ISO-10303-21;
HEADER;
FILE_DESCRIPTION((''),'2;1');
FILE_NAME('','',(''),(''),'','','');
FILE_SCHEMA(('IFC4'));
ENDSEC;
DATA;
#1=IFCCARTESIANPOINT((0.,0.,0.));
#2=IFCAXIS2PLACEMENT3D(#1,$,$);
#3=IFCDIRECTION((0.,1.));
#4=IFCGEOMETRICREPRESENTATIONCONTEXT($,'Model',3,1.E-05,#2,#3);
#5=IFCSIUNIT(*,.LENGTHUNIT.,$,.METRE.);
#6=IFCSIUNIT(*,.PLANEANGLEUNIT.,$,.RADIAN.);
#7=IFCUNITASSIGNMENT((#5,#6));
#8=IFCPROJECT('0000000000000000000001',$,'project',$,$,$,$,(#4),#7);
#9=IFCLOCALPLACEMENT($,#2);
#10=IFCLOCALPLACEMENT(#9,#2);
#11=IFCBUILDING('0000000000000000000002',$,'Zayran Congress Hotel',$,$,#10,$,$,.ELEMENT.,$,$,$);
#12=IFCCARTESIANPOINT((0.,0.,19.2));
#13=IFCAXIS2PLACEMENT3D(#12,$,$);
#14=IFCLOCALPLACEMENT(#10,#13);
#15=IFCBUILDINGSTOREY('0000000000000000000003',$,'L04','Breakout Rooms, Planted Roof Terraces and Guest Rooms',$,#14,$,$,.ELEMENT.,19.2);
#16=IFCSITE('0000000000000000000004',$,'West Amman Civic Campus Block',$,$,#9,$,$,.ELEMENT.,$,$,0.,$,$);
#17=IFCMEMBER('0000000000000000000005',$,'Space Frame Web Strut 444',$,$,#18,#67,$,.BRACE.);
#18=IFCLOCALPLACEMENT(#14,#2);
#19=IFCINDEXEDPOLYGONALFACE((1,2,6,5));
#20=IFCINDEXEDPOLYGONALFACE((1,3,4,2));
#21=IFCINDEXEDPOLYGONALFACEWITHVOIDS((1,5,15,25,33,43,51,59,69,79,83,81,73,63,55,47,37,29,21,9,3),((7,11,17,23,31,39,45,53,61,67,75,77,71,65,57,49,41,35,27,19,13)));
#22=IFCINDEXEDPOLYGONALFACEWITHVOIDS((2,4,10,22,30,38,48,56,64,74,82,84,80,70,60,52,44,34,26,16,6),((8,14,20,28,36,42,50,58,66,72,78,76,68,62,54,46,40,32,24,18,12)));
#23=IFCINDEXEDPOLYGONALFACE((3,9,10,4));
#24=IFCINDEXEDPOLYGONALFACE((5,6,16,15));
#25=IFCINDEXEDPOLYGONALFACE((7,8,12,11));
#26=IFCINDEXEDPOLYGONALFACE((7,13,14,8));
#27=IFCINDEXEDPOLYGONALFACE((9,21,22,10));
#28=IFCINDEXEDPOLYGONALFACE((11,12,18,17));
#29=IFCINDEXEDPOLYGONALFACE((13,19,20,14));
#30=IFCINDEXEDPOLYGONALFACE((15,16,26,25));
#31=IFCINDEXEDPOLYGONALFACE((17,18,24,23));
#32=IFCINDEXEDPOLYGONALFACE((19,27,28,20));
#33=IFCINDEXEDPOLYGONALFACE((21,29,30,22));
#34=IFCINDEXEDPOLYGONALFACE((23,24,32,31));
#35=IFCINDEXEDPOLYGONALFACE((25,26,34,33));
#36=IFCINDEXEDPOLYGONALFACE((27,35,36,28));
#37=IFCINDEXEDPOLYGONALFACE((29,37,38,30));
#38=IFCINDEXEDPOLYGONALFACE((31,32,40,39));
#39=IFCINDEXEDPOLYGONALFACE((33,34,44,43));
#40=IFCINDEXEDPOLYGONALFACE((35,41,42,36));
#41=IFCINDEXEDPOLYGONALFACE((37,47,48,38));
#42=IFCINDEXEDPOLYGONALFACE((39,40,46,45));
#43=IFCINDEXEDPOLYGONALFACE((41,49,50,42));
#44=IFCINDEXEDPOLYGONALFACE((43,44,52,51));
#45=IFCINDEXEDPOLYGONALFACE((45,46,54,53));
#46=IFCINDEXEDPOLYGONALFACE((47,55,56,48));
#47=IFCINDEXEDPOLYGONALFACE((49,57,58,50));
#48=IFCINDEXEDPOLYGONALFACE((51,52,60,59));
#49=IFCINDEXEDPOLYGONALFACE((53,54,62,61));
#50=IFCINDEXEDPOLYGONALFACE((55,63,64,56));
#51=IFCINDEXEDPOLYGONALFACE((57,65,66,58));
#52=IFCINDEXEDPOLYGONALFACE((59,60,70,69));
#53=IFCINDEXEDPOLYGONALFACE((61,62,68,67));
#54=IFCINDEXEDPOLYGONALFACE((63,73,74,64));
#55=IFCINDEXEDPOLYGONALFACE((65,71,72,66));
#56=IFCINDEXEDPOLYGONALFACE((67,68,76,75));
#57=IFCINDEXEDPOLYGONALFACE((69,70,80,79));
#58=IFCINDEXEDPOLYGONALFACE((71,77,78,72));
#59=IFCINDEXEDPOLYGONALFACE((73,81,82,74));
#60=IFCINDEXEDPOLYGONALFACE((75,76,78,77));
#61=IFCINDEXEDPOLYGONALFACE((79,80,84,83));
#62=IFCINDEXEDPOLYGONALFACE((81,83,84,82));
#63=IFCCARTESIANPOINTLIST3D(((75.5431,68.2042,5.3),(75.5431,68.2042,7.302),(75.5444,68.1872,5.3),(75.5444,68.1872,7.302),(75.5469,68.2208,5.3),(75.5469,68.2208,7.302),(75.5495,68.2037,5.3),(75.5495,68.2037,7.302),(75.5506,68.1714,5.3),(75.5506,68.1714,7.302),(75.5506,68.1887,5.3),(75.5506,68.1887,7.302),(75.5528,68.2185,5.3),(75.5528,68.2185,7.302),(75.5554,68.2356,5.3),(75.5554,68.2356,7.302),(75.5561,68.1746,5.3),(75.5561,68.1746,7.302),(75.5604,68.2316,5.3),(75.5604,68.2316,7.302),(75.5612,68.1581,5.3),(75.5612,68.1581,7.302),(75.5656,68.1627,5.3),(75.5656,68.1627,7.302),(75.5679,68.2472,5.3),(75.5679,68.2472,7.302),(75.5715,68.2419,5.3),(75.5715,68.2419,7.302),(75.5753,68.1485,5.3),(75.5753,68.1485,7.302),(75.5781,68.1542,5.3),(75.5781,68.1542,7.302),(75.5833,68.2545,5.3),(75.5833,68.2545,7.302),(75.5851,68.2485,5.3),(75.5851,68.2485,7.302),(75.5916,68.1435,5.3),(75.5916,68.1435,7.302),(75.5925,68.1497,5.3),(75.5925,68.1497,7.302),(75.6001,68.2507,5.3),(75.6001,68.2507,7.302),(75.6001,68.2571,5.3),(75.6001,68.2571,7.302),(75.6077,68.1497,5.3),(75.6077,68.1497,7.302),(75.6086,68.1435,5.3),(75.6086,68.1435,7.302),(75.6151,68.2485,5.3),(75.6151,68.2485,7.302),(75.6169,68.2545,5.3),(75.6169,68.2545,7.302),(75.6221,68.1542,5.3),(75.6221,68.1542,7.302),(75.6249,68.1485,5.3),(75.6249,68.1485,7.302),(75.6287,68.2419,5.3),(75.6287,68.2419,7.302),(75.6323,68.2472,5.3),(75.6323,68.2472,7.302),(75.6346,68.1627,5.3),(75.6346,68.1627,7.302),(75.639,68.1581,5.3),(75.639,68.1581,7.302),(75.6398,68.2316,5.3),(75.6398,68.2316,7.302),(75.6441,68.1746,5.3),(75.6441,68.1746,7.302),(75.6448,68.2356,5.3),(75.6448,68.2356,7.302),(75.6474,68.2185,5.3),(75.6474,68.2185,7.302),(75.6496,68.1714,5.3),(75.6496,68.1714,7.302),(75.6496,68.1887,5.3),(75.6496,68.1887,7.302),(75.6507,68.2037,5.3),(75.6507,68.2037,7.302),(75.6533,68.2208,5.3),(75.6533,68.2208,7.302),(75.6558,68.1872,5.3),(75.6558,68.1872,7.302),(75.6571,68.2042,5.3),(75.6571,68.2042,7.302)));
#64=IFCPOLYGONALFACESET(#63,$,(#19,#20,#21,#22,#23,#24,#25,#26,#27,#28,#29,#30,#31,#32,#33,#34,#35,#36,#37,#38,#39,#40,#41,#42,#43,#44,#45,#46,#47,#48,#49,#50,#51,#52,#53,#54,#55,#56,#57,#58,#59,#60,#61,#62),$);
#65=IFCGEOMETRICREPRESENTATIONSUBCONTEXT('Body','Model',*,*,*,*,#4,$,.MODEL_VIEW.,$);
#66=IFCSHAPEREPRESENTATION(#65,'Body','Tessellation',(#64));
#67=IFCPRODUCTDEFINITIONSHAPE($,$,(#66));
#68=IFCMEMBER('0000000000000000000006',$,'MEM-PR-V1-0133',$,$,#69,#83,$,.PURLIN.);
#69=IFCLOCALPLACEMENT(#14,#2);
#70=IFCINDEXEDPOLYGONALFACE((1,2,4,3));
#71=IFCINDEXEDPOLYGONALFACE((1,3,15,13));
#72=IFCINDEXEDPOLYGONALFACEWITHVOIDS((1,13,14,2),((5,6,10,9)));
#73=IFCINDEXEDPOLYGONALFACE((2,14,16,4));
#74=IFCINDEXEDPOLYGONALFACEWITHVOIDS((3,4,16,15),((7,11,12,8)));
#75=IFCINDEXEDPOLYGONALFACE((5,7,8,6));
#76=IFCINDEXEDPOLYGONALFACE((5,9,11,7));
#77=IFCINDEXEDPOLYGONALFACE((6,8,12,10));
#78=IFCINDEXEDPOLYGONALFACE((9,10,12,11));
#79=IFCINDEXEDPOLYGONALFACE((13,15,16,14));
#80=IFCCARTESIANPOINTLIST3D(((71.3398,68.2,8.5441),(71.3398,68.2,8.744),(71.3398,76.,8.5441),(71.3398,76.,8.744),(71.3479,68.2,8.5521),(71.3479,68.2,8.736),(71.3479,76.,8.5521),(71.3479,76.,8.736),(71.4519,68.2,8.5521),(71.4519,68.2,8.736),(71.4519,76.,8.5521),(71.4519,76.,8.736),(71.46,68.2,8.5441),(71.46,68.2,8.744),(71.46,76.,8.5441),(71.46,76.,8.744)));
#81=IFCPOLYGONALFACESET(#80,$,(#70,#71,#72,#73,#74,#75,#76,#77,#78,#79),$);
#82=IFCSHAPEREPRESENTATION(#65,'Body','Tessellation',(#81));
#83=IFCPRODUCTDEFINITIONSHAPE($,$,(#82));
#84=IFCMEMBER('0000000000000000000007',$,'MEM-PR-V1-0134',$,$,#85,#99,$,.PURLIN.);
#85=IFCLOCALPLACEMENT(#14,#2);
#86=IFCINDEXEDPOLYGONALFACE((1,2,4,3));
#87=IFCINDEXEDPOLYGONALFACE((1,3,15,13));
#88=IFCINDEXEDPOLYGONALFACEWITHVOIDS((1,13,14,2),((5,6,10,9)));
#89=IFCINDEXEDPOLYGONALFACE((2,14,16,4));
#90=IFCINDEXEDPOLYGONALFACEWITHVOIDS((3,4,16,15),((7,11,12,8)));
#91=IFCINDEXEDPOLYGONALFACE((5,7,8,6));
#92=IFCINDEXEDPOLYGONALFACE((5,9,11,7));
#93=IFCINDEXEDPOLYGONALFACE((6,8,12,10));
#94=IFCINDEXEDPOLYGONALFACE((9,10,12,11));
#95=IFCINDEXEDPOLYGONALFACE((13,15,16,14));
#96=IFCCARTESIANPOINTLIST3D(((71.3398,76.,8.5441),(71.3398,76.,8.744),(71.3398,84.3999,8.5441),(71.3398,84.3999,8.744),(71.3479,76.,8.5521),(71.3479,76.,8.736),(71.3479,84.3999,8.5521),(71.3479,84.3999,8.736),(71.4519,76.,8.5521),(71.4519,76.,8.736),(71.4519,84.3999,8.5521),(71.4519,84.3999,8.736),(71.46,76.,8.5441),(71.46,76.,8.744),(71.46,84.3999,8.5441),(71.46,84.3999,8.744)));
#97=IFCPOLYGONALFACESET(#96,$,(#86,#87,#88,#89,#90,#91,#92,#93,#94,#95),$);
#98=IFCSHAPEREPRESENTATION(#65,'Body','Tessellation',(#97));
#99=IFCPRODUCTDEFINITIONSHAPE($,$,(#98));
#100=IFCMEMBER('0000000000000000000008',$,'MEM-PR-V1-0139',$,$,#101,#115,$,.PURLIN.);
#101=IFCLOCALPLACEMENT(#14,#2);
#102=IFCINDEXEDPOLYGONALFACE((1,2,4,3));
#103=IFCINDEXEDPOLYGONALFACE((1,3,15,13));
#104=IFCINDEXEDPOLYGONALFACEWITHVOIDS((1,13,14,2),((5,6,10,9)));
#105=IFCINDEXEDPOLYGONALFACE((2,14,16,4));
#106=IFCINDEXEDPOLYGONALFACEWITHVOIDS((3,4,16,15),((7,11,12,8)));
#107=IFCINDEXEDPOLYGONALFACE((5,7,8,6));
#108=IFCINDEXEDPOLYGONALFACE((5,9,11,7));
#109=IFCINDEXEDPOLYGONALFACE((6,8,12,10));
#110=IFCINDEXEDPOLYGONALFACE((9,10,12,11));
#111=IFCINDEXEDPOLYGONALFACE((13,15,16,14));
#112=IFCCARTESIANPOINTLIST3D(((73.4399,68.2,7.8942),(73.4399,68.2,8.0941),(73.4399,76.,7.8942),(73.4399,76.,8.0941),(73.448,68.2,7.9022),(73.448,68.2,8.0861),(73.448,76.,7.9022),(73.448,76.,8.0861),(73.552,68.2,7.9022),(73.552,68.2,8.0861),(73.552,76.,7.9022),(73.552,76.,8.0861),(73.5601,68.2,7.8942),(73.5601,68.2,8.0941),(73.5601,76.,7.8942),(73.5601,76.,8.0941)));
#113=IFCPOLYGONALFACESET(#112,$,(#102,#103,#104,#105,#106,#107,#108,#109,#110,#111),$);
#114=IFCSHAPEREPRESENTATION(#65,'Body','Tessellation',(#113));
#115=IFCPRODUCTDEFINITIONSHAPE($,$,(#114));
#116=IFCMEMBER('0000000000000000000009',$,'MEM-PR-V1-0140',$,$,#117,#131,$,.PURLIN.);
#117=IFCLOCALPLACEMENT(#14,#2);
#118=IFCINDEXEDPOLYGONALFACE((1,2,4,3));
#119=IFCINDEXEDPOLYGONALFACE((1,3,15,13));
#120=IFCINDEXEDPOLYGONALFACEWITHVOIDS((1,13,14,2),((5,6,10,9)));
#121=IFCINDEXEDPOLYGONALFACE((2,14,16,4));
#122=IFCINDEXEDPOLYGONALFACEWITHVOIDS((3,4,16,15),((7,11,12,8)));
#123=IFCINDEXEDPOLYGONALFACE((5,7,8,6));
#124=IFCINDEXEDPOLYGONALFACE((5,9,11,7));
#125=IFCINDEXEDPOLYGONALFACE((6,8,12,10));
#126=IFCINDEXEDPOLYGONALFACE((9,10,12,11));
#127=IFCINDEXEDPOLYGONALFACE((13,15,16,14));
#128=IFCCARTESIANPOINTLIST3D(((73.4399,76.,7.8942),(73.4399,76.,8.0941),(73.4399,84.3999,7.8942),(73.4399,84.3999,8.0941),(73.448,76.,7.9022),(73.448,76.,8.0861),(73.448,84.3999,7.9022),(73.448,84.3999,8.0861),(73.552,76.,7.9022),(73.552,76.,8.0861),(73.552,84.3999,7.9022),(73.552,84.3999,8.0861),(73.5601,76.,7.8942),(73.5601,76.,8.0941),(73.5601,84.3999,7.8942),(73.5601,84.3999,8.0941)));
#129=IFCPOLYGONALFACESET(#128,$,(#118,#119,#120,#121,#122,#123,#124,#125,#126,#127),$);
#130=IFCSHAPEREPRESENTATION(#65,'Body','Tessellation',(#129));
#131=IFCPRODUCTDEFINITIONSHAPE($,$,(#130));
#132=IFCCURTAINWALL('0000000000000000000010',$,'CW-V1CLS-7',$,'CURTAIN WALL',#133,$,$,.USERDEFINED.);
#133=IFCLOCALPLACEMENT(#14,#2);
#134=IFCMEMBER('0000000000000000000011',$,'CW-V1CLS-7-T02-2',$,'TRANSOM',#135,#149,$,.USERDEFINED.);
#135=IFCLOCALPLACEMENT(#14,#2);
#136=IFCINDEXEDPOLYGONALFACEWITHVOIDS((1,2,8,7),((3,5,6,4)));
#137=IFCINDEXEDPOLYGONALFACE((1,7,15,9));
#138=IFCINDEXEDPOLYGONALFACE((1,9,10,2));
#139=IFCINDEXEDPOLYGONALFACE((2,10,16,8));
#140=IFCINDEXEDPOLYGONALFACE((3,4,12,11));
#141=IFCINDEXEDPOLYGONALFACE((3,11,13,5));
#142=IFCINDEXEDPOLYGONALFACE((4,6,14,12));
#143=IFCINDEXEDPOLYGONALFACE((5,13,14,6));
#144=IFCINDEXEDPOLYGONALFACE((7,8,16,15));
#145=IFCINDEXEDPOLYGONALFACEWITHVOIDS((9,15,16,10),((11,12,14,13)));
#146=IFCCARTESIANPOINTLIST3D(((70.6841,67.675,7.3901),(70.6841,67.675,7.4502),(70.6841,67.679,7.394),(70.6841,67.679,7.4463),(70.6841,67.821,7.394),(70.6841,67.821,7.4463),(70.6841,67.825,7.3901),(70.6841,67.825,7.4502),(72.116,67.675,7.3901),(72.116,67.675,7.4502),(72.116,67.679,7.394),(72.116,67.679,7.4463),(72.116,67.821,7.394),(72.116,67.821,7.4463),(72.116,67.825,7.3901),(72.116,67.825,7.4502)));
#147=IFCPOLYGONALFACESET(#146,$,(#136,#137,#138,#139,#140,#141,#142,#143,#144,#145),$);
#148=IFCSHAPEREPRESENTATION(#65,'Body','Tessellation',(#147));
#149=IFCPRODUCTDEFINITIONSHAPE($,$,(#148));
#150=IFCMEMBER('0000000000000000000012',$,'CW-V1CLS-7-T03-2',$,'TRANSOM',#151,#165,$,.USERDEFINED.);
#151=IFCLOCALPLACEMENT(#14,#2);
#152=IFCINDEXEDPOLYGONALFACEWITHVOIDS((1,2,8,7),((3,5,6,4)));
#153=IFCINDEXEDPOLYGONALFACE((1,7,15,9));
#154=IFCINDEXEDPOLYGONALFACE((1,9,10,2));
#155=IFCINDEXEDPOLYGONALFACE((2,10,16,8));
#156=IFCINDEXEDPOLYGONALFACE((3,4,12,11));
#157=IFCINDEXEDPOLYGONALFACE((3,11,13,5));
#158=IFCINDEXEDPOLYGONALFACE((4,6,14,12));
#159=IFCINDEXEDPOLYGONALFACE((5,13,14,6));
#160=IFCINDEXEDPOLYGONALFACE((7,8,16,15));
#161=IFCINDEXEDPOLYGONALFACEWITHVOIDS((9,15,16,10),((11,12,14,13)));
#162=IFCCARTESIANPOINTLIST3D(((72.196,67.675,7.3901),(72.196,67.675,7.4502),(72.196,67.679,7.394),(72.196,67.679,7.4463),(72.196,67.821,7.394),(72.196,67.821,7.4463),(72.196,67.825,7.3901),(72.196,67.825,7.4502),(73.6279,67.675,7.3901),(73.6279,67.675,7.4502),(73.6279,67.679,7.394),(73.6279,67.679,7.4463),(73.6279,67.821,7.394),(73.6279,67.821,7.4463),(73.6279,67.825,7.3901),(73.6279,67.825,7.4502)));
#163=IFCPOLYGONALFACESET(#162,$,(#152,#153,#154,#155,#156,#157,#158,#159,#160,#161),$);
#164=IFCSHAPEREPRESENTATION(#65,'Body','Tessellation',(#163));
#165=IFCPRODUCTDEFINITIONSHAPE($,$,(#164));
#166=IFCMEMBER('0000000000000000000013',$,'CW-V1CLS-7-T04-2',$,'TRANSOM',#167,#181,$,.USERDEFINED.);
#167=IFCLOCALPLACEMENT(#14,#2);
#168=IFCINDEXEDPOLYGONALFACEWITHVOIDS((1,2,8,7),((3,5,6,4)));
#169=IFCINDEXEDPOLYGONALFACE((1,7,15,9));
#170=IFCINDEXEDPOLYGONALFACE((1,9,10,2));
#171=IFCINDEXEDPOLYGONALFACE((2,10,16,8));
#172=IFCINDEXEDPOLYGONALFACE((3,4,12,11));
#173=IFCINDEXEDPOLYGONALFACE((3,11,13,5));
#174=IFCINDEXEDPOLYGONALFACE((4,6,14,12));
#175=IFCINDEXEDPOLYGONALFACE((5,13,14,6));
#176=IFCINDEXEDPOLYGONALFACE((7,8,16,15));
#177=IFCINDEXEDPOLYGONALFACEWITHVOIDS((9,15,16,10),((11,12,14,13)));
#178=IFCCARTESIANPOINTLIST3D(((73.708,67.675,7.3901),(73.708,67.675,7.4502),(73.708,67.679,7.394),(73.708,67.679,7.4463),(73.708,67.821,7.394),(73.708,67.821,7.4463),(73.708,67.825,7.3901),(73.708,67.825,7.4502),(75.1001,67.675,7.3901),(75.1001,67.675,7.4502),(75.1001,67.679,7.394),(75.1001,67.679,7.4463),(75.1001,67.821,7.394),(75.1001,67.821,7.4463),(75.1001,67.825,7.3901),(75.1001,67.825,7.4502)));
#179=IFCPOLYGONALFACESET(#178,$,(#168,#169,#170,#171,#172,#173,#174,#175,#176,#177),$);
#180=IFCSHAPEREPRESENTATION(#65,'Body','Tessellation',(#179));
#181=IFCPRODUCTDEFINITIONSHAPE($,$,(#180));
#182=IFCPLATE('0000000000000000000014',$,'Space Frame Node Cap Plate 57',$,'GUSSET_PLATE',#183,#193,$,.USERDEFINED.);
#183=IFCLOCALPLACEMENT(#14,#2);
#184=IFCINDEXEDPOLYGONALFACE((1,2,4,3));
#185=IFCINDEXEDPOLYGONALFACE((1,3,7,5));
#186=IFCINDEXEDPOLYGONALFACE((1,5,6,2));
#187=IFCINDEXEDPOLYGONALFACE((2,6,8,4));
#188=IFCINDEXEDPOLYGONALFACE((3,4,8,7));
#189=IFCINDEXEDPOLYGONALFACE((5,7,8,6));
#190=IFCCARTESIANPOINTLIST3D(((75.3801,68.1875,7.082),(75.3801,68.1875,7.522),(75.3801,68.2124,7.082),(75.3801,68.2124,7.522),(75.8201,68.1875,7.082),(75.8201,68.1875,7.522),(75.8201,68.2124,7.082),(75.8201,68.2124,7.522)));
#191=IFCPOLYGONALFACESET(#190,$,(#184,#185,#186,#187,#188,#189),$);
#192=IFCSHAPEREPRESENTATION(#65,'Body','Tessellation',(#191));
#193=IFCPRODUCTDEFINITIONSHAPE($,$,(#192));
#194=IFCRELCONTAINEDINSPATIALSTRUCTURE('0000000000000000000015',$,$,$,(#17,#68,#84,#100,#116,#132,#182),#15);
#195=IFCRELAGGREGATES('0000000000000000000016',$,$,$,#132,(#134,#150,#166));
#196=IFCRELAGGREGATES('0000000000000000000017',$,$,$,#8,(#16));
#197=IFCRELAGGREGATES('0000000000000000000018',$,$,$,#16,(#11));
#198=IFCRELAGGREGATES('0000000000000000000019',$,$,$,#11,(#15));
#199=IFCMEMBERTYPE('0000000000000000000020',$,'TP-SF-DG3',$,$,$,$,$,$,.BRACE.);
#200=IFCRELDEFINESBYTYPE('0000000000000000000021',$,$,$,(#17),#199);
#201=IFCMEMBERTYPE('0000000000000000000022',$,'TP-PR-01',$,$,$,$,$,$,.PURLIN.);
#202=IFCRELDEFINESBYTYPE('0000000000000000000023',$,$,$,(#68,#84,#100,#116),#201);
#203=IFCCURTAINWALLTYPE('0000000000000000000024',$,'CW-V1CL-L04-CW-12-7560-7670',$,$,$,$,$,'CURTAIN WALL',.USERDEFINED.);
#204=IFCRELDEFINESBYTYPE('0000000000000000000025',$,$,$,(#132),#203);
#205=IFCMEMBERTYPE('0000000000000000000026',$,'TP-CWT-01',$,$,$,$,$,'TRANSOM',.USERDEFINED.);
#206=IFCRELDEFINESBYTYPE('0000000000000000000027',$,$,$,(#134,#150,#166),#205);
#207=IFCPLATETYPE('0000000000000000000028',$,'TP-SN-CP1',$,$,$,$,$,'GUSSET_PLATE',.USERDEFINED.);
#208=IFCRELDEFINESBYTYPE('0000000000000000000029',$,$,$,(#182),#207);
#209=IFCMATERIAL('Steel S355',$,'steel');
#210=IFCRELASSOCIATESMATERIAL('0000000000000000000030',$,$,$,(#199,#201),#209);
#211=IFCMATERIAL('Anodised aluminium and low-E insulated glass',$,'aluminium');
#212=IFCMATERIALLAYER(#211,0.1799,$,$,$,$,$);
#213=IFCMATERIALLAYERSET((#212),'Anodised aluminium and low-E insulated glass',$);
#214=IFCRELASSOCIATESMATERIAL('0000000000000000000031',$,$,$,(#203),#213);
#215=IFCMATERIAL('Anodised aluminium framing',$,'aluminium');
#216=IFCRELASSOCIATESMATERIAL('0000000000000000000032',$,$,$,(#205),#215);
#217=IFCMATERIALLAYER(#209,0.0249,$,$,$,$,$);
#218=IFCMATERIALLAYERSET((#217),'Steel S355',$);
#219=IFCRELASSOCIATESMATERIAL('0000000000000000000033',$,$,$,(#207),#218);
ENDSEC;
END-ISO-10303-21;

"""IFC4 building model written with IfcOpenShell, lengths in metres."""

from ifc_helpers import new_model, si_unit, direction, frame, origin, origin_2d, place, context, subcontext, project, spatial, rectangle, hollow_rectangle, hollow_circle, extrude, material, layer, layer_set, material_profile, profile_set, type_object, element, aggregate, save


model = new_model("IFC4")

# Units and contexts
model_context = context("Model", 3, precision=1e-05, world=origin(), true_north=direction((0.0, 1.0)))
body_context = subcontext(model_context, "Body", "Model", "MODEL_VIEW")
ifc_project = project(units=[si_unit("LENGTHUNIT", "METRE"), si_unit("PLANEANGLEUNIT", "RADIAN")], contexts=[model_context])

# Site, building, storey
site_placement = place(None, origin())
site = spatial("IfcSite", under=ifc_project, at=site_placement, Name="West Amman Civic Campus Block", CompositionType="ELEMENT", RefElevation=0.0)
building_placement = place(site_placement, origin())
building = spatial("IfcBuilding", under=site, at=building_placement, Name="Zayran Congress Hotel", CompositionType="ELEMENT")
storey_placement = place(building_placement, frame((0.0, 0.0, 19.2)))
storey = spatial("IfcBuildingStorey", under=building, at=storey_placement, Name="L04", Description="Breakout Rooms, Planted Roof Terraces and Guest Rooms", CompositionType="ELEMENT", Elevation=19.2)

# Members
ifc_material_1 = material(Name="Steel S355", Category="steel")
ifc_material_profile_1 = material_profile(ifc_material_1, hollow_circle(Radius=0.0571, WallThickness=0.0063, at=origin_2d()), Name="CHS 114.3x6.3")
ifc_profile_set_1 = profile_set([ifc_material_profile_1], Name="Steel S355")
member_type_1 = type_object("IfcMemberType", Name="TP-SF-DG3", PredefinedType="BRACE", material=ifc_profile_set_1)
member_1_placement = place(storey_placement, frame((75.6001, 68.2, 5.3), z_axis=(0.0, 0.0, 1.0), x_axis=(0.0, 1.0, 0.0)))
element("IfcMember", 1, at=member_1_placement, inside=storey, type_object=member_type_1, Name="Space Frame Web Strut 444", PredefinedType="BRACE", context=body_context, shape_type="SweptSolid", body=[
    extrude(hollow_circle(Radius=0.0571, WallThickness=0.0063, at=origin_2d()), origin(), (0.0, 0.0, 1.0), 2.002),
])
ifc_material_profile_2 = material_profile(ifc_material_1, hollow_rectangle(XDim=0.1201, YDim=0.2, WallThickness=0.0081, at=origin_2d()), Name="RHS 200x120x8")
ifc_profile_set_2 = profile_set([ifc_material_profile_2], Name="Steel S355")
member_type_2 = type_object("IfcMemberType", Name="TP-PR-01", PredefinedType="PURLIN", material=ifc_profile_set_2)
member_2_placement = place(storey_placement, frame((71.3999, 68.2, 8.644), z_axis=(0.0, 1.0, 0.0), x_axis=(-1.0, 0.0, 0.0)))
element("IfcMember", 2, at=member_2_placement, inside=storey, type_object=member_type_2, Name="MEM-PR-V1-0133", PredefinedType="PURLIN", context=body_context, shape_type="SweptSolid", body=[
    extrude(hollow_rectangle(XDim=0.1201, YDim=0.2, WallThickness=0.0081, at=origin_2d()), origin(), (0.0, 0.0, 1.0), 7.8),
])
member_3_placement = place(storey_placement, frame((71.3999, 76.0, 8.644), z_axis=(0.0, 1.0, 0.0), x_axis=(-1.0, 0.0, 0.0)))
element("IfcMember", 3, at=member_3_placement, inside=storey, type_object=member_type_2, Name="MEM-PR-V1-0134", PredefinedType="PURLIN", context=body_context, shape_type="SweptSolid", body=[
    extrude(hollow_rectangle(XDim=0.1201, YDim=0.2, WallThickness=0.0081, at=origin_2d()), origin(), (0.0, 0.0, 1.0), 8.3999),
])
member_4_placement = place(storey_placement, frame((73.5, 68.2, 7.9941), z_axis=(0.0, 1.0, 0.0), x_axis=(-1.0, 0.0, 0.0)))
element("IfcMember", 4, at=member_4_placement, inside=storey, type_object=member_type_2, Name="MEM-PR-V1-0139", PredefinedType="PURLIN", context=body_context, shape_type="SweptSolid", body=[
    extrude(hollow_rectangle(XDim=0.1201, YDim=0.2, WallThickness=0.0081, at=origin_2d()), origin(), (0.0, 0.0, 1.0), 7.8),
])
member_5_placement = place(storey_placement, frame((73.5, 76.0, 7.9941), z_axis=(0.0, 1.0, 0.0), x_axis=(-1.0, 0.0, 0.0)))
element("IfcMember", 5, at=member_5_placement, inside=storey, type_object=member_type_2, Name="MEM-PR-V1-0140", PredefinedType="PURLIN", context=body_context, shape_type="SweptSolid", body=[
    extrude(hollow_rectangle(XDim=0.1201, YDim=0.2, WallThickness=0.0081, at=origin_2d()), origin(), (0.0, 0.0, 1.0), 8.3999),
])

# Curtain wall, members
ifc_material_2 = material(Name="Anodised aluminium and low-E insulated glass", Category="aluminium")
ifc_layer_1 = layer(ifc_material_2, 0.1799)
ifc_layer_set_1 = layer_set([ifc_layer_1], Name="Anodised aluminium and low-E insulated glass")
curtain_wall_type = type_object("IfcCurtainWallType", Name="CW-V1CL-L04-CW-12-7560-7670", ElementType="CURTAIN WALL", PredefinedType="USERDEFINED", material=ifc_layer_set_1)
curtain_wall_placement = place(storey_placement, origin())
curtain_wall = element("IfcCurtainWall", 6, at=curtain_wall_placement, inside=storey, type_object=curtain_wall_type, Name="CW-V1CLS-7", ObjectType="CURTAIN WALL", PredefinedType="USERDEFINED")
ifc_material_3 = material(Name="Anodised aluminium framing", Category="aluminium")
ifc_material_profile_3 = material_profile(ifc_material_3, hollow_rectangle(XDim=0.0601, YDim=0.1499, WallThickness=0.0039, at=origin_2d()), Name="RHS 150x60x4")
ifc_profile_set_3 = profile_set([ifc_material_profile_3], Name="Anodised aluminium framing")
member_type_3 = type_object("IfcMemberType", Name="TP-CWT-01", ElementType="TRANSOM", PredefinedType="USERDEFINED", material=ifc_profile_set_3)
member_6_placement = place(storey_placement, frame((70.6841, 67.75, 7.4202), z_axis=(1.0, 0.0, 0.0), x_axis=(0.0, 0.0, 1.0)))
member_6 = element("IfcMember", 7, at=member_6_placement, type_object=member_type_3, Name="CW-V1CLS-7-T02-2", ObjectType="TRANSOM", PredefinedType="USERDEFINED", context=body_context, shape_type="SweptSolid", body=[
    extrude(hollow_rectangle(XDim=0.0601, YDim=0.1499, WallThickness=0.0039, at=origin_2d()), origin(), (0.0, 0.0, 1.0), 1.4319),
])
member_7_placement = place(storey_placement, frame((72.196, 67.75, 7.4202), z_axis=(1.0, 0.0, 0.0), x_axis=(0.0, 0.0, 1.0)))
member_7 = element("IfcMember", 8, at=member_7_placement, type_object=member_type_3, Name="CW-V1CLS-7-T03-2", ObjectType="TRANSOM", PredefinedType="USERDEFINED", context=body_context, shape_type="SweptSolid", body=[
    extrude(hollow_rectangle(XDim=0.0601, YDim=0.1499, WallThickness=0.0039, at=origin_2d()), origin(), (0.0, 0.0, 1.0), 1.4319),
])
member_8_placement = place(storey_placement, frame((73.708, 67.75, 7.4202), z_axis=(1.0, 0.0, 0.0), x_axis=(0.0, 0.0, 1.0)))
member_8 = element("IfcMember", 9, at=member_8_placement, type_object=member_type_3, Name="CW-V1CLS-7-T04-2", ObjectType="TRANSOM", PredefinedType="USERDEFINED", context=body_context, shape_type="SweptSolid", body=[
    extrude(hollow_rectangle(XDim=0.0601, YDim=0.1499, WallThickness=0.0039, at=origin_2d()), origin(), (0.0, 0.0, 1.0), 1.3921),
])
aggregate(curtain_wall, [member_6, member_7, member_8])

# Plate
ifc_layer_2 = layer(ifc_material_1, 0.0249)
ifc_layer_set_2 = layer_set([ifc_layer_2], Name="Steel S355")
plate_type_1 = type_object("IfcPlateType", Name="TP-SN-CP1", ElementType="GUSSET_PLATE", PredefinedType="USERDEFINED", material=ifc_layer_set_2)
plate_1_placement = place(storey_placement, frame((75.6001, 68.2, 7.082), z_axis=(0.0, 0.0, 1.0), x_axis=(1.0, 0.0, 0.0)))
element("IfcPlate", 10, at=plate_1_placement, inside=storey, type_object=plate_type_1, Name="Space Frame Node Cap Plate 57", ObjectType="GUSSET_PLATE", PredefinedType="USERDEFINED", context=body_context, shape_type="SweptSolid", body=[
    extrude(rectangle(XDim=0.4399, YDim=0.0249, at=origin_2d()), origin(), (0.0, 0.0, 1.0), 0.4399),
])

save(model, "model.ifc")
